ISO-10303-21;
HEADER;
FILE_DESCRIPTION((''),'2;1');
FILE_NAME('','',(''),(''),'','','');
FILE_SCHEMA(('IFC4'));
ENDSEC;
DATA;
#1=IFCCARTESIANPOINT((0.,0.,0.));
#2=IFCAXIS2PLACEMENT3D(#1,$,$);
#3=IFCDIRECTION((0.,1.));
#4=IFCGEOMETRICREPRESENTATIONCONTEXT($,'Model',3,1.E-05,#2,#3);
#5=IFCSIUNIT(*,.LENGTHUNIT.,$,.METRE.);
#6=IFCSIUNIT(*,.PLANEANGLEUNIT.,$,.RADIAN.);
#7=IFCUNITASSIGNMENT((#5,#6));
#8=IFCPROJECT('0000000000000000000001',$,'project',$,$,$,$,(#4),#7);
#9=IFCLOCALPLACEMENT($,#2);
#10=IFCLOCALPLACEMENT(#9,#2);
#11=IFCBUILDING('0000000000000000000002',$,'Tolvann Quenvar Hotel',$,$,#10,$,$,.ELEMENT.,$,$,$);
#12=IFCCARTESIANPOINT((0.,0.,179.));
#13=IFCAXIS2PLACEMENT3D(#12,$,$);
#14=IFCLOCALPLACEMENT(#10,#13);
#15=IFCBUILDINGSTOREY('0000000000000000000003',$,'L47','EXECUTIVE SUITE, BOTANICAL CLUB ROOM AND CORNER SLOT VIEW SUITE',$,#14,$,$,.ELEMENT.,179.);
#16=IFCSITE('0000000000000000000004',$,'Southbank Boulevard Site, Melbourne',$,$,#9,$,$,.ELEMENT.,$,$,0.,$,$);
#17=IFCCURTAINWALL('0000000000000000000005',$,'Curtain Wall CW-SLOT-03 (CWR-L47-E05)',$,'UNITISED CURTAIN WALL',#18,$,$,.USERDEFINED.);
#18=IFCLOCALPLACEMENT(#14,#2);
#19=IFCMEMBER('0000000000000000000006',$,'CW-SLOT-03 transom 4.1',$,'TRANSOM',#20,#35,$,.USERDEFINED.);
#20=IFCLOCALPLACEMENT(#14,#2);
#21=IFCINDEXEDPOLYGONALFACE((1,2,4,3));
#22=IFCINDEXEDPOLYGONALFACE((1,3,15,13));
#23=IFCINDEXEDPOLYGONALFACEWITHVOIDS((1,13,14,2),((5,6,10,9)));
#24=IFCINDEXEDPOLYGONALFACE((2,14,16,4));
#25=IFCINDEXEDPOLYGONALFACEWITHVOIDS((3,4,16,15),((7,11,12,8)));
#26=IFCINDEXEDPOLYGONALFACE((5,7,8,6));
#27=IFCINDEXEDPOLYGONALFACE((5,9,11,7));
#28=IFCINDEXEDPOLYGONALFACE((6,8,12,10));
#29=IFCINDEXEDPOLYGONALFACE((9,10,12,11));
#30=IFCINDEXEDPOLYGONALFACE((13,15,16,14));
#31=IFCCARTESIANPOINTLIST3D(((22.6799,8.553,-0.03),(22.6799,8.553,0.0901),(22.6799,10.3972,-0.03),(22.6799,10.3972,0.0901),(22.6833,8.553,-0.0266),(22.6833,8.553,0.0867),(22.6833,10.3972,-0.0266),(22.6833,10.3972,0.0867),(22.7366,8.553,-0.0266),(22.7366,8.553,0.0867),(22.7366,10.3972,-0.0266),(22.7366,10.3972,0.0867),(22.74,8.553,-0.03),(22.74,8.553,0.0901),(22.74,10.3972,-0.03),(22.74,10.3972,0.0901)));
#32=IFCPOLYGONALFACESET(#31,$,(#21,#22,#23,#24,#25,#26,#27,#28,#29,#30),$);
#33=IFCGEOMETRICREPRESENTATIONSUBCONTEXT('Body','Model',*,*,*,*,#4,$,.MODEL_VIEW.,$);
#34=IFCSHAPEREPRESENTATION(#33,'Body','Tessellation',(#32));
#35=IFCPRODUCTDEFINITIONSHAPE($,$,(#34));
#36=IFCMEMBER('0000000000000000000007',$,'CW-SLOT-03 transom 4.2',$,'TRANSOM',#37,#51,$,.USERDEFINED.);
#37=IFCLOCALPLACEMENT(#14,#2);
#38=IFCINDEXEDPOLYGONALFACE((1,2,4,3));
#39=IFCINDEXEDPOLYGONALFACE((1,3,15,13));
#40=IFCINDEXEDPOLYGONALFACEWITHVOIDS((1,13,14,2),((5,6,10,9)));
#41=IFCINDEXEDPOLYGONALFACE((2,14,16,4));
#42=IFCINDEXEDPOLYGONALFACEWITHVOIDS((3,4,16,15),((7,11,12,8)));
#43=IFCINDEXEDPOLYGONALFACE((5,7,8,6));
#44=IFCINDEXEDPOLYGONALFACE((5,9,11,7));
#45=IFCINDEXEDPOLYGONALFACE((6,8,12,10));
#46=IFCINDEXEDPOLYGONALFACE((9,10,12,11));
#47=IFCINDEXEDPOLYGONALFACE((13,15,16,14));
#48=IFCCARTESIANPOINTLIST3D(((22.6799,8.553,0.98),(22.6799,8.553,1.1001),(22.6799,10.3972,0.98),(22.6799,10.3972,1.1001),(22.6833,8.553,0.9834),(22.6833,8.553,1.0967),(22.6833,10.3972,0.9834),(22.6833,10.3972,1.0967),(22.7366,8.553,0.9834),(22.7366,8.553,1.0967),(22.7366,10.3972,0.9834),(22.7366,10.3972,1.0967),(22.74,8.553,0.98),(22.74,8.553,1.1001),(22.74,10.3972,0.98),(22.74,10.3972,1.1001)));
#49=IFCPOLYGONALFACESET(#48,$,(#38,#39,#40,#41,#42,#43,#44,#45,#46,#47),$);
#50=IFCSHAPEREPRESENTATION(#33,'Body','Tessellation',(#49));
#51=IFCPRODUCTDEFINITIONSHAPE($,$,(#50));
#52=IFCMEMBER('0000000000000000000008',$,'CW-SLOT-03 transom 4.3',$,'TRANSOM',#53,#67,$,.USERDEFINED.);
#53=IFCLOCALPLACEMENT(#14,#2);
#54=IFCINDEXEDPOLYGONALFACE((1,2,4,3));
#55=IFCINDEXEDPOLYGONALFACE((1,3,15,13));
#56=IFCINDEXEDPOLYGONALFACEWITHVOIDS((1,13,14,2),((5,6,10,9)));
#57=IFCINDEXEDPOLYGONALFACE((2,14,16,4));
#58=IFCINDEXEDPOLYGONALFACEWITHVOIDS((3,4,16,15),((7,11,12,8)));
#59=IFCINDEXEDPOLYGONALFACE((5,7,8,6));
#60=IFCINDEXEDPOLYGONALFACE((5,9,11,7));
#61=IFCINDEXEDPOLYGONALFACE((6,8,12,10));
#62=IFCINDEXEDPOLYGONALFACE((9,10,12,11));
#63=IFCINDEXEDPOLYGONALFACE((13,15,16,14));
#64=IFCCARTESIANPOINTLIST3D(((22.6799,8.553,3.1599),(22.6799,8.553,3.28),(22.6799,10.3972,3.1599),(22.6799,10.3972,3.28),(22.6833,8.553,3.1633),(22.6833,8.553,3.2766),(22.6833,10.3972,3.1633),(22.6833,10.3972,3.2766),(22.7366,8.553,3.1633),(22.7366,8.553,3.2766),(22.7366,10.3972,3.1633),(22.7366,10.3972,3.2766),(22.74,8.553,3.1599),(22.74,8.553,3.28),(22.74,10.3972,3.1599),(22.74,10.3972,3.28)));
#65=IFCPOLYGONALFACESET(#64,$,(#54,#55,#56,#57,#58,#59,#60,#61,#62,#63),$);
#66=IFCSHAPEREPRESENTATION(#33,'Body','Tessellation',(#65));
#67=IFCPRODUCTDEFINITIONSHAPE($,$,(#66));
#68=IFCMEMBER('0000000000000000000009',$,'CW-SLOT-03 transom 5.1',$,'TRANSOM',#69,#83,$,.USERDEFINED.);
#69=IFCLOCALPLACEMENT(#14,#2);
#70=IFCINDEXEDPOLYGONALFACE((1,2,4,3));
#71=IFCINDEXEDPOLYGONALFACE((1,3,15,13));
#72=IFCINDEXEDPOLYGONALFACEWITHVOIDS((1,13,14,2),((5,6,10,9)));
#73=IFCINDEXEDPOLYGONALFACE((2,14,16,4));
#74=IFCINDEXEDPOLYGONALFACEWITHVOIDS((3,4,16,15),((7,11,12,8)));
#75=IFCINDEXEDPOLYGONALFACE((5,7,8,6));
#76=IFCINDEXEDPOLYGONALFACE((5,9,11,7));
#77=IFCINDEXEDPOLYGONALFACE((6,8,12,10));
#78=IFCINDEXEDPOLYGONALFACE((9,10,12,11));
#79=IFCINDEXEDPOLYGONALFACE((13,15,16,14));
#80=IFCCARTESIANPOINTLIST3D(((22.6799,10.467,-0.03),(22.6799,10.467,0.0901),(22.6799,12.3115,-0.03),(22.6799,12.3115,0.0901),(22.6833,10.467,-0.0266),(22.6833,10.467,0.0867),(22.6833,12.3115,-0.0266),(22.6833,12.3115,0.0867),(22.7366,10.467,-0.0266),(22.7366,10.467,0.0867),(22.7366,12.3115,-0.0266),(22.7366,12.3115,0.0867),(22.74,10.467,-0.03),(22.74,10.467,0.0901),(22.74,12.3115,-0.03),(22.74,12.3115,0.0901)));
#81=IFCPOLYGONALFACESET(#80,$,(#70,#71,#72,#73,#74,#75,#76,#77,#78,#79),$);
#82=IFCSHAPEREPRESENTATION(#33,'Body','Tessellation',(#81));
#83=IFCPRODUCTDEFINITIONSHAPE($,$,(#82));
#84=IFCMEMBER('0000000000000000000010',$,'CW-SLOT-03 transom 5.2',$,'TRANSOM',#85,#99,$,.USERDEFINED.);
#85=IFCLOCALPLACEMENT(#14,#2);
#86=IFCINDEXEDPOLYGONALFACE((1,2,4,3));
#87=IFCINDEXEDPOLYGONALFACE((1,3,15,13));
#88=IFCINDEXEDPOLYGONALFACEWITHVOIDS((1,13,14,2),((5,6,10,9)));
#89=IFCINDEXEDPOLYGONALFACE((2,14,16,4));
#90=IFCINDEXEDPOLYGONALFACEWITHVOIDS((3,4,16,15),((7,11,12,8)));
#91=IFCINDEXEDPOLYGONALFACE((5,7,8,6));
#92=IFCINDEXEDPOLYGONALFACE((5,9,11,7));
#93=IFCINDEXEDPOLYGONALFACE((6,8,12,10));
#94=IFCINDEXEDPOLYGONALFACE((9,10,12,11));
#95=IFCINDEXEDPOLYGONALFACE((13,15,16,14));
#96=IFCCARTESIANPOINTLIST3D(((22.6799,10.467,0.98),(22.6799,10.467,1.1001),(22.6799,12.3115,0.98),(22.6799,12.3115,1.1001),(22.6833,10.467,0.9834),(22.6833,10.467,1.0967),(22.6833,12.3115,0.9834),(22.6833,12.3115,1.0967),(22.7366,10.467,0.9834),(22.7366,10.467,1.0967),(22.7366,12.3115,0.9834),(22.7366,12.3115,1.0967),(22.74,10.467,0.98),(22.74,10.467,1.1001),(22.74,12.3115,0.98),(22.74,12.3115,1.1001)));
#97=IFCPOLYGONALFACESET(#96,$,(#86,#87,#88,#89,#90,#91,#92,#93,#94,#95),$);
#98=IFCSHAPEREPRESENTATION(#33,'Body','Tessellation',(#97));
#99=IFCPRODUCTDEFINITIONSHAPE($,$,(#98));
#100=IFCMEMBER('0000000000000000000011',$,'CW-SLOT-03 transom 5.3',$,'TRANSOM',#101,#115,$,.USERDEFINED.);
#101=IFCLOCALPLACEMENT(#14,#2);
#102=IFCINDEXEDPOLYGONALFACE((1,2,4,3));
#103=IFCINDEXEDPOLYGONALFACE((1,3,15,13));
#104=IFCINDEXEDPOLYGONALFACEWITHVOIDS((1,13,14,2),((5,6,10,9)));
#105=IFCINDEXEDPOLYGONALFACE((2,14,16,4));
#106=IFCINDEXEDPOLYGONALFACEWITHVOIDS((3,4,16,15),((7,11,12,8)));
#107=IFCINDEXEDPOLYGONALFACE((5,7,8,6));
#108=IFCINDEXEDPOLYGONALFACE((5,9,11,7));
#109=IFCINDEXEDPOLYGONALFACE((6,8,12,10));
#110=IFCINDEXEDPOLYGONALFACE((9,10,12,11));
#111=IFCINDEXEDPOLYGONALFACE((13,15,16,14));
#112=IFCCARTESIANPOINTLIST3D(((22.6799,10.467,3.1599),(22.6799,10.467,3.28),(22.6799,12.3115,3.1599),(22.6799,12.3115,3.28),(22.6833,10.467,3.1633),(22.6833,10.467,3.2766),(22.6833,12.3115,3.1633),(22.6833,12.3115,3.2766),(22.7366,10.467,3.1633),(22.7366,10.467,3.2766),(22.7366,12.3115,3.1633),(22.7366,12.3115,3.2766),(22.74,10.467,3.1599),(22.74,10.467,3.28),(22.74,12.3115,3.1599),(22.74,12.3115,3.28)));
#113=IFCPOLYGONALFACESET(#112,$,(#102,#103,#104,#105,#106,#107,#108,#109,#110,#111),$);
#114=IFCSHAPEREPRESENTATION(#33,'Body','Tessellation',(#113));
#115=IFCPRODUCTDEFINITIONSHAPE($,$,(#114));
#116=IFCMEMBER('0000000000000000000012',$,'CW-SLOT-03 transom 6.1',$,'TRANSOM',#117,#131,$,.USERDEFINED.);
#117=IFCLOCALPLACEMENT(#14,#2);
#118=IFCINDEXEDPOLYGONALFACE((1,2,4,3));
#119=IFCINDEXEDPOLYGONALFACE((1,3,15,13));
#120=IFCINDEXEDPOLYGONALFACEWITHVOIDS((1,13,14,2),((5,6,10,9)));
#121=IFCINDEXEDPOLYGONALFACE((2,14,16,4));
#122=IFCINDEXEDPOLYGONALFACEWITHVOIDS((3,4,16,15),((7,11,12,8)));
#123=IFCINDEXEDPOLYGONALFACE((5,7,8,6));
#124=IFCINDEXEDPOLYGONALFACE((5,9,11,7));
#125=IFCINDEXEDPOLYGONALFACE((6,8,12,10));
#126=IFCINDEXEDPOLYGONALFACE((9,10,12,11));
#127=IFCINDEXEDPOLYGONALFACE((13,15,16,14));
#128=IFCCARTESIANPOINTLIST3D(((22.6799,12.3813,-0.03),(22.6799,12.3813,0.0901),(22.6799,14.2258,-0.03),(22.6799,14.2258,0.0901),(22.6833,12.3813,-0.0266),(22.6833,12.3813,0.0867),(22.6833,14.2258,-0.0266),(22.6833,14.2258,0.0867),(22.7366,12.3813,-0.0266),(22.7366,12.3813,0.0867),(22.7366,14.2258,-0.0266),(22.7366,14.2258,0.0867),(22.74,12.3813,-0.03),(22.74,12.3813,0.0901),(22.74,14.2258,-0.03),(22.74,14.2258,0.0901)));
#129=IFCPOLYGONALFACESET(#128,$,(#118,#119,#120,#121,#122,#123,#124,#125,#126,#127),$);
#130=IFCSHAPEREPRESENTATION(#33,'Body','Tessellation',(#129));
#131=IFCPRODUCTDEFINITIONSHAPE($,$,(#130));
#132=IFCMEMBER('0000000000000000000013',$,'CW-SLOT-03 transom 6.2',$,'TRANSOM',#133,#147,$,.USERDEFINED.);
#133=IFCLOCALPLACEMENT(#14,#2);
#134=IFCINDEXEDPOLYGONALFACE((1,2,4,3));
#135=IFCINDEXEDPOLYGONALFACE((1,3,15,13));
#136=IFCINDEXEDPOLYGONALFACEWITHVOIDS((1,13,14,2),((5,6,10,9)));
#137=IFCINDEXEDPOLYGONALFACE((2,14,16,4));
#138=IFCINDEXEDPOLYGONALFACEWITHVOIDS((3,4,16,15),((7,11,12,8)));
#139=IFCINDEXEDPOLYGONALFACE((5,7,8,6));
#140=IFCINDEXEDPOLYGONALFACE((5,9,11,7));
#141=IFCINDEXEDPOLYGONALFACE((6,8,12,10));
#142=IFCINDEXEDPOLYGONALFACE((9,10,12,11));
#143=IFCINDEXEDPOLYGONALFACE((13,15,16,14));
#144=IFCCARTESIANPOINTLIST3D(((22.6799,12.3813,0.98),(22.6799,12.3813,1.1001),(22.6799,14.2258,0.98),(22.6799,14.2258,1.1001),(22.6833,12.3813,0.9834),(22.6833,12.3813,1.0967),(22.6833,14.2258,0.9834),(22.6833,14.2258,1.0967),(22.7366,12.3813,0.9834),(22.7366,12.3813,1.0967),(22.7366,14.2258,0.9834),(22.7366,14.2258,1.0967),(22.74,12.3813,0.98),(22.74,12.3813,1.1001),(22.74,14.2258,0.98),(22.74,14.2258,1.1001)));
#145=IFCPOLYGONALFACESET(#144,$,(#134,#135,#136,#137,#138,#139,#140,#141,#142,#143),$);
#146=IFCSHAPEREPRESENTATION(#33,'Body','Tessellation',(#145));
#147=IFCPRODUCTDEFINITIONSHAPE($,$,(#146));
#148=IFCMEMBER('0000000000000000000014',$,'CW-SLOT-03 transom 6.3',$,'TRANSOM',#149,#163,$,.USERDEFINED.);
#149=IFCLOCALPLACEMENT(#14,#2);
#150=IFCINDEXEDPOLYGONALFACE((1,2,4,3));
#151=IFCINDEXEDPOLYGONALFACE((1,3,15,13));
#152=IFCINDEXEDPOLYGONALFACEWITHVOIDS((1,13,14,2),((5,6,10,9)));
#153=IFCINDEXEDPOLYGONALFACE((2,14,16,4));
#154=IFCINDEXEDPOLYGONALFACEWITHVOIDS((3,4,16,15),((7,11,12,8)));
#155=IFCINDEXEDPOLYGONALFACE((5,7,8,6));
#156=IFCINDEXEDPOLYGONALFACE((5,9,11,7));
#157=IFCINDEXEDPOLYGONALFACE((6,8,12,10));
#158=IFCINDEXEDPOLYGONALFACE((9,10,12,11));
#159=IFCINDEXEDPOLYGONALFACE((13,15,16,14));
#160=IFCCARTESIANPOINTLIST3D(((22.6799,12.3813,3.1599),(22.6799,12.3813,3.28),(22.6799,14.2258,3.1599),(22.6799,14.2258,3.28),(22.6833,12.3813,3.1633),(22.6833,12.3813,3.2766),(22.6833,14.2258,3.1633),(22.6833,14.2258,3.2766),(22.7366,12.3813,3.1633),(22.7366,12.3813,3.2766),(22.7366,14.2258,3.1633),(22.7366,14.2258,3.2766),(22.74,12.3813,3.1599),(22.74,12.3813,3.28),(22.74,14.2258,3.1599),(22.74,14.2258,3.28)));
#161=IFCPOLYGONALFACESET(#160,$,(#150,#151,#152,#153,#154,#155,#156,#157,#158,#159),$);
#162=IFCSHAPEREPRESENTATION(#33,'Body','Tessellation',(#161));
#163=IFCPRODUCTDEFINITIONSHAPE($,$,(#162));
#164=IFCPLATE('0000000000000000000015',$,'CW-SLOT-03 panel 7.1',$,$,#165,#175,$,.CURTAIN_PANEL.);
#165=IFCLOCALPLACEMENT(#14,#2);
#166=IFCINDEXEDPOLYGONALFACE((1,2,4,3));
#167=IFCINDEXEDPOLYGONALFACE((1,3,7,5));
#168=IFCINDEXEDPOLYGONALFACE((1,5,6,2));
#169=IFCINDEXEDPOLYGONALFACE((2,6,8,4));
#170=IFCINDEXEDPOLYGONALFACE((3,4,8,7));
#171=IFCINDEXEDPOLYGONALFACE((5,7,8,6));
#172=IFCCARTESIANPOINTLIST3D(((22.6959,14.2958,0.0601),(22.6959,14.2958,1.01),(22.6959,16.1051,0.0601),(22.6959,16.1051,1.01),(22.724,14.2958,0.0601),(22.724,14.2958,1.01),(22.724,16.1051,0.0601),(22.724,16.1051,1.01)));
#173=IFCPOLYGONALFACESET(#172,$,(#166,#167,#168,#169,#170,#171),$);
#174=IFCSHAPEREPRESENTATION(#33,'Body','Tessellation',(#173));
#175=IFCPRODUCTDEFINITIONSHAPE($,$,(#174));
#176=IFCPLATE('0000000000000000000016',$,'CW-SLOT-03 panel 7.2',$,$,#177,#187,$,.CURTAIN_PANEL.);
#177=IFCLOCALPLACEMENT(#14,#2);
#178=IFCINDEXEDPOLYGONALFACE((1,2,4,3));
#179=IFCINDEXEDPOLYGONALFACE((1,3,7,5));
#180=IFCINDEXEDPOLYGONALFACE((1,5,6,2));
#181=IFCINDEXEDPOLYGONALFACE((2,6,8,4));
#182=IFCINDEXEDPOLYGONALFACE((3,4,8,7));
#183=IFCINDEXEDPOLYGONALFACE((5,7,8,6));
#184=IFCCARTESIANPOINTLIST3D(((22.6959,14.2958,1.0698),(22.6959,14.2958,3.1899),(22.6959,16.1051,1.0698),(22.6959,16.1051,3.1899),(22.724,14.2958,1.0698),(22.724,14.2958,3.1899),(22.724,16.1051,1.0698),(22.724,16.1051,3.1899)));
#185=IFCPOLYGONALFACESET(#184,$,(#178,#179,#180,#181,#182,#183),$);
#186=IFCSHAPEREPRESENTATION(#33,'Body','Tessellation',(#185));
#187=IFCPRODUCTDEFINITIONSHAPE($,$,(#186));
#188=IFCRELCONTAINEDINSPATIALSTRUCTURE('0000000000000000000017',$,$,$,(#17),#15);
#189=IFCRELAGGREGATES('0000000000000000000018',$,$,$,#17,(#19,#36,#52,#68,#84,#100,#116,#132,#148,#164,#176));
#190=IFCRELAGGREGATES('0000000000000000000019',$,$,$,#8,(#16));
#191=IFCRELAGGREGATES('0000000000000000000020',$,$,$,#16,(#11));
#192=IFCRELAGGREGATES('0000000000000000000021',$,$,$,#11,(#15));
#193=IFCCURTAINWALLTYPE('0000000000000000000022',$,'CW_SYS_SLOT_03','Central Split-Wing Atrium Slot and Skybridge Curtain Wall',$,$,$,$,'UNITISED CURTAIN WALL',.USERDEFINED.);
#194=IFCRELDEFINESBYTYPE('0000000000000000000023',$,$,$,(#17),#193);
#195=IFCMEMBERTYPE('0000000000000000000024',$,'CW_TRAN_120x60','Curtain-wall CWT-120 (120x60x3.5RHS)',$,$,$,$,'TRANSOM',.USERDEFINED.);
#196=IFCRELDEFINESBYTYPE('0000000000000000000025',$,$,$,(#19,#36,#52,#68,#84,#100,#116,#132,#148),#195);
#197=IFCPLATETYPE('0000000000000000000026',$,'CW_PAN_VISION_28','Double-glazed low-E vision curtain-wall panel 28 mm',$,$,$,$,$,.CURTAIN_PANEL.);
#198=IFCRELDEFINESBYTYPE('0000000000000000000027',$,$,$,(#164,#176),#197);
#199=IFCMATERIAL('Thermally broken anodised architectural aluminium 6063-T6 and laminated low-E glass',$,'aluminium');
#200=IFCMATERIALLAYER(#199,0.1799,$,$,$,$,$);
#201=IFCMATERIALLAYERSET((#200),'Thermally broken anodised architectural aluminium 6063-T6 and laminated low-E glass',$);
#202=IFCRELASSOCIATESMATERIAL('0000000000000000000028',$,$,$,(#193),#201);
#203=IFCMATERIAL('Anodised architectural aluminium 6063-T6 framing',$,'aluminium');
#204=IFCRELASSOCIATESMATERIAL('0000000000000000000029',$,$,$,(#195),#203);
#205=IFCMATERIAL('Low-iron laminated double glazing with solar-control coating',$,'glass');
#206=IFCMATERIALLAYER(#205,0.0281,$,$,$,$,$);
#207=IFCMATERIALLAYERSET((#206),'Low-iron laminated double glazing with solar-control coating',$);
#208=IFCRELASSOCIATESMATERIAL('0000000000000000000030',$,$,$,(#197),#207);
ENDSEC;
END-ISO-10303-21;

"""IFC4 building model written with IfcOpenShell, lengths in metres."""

from ifc_helpers import new_model, si_unit, direction, frame, origin, origin_2d, place, context, subcontext, project, spatial, rectangle, hollow_rectangle, extrude, source, transform, mapped, material, layer, layer_set, material_profile, profile_set, type_object, element, aggregate, save


model = new_model("IFC4")

# Units and contexts
model_context = context("Model", 3, precision=1e-05, world=origin(), true_north=direction((0.0, 1.0)))
body_context = subcontext(model_context, "Body", "Model", "MODEL_VIEW")
ifc_project = project(units=[si_unit("LENGTHUNIT", "METRE"), si_unit("PLANEANGLEUNIT", "RADIAN")], contexts=[model_context])

# Site, building, storey
site_placement = place(None, origin())
site = spatial("IfcSite", under=ifc_project, at=site_placement, Name="Southbank Boulevard Site, Melbourne", CompositionType="ELEMENT", RefElevation=0.0)
building_placement = place(site_placement, origin())
building = spatial("IfcBuilding", under=site, at=building_placement, Name="Tolvann Quenvar Hotel", CompositionType="ELEMENT")
storey_placement = place(building_placement, frame((0.0, 0.0, 179.0)))
storey = spatial("IfcBuildingStorey", under=building, at=storey_placement, Name="L47", Description="EXECUTIVE SUITE, BOTANICAL CLUB ROOM AND CORNER SLOT VIEW SUITE", CompositionType="ELEMENT", Elevation=179.0)

# Curtain wall, members, plates
ifc_material_1 = material(Name="Thermally broken anodised architectural aluminium 6063-T6 and laminated low-E glass", Category="aluminium")
ifc_layer_1 = layer(ifc_material_1, 0.1799)
ifc_layer_set_1 = layer_set([ifc_layer_1], Name="Thermally broken anodised architectural aluminium 6063-T6 and laminated low-E glass")
curtain_wall_type = type_object("IfcCurtainWallType", Name="CW_SYS_SLOT_03", Description="Central Split-Wing Atrium Slot and Skybridge Curtain Wall", ElementType="UNITISED CURTAIN WALL", PredefinedType="USERDEFINED", material=ifc_layer_set_1)
curtain_wall_placement = place(storey_placement, origin())
curtain_wall = element("IfcCurtainWall", 1, at=curtain_wall_placement, inside=storey, type_object=curtain_wall_type, Name="Curtain Wall CW-SLOT-03 (CWR-L47-E05)", ObjectType="UNITISED CURTAIN WALL", PredefinedType="USERDEFINED")
ifc_material_2 = material(Name="Anodised architectural aluminium 6063-T6 framing", Category="aluminium")
ifc_material_profile_1 = material_profile(ifc_material_2, hollow_rectangle(XDim=0.0601, YDim=0.1201, WallThickness=0.0034, at=origin_2d()), Name="120x60x3.5RHS")
ifc_profile_set_1 = profile_set([ifc_material_profile_1], Name="Anodised architectural aluminium 6063-T6 framing")
member_type_1 = type_object("IfcMemberType", Name="CW_TRAN_120x60", Description="Curtain-wall CWT-120 (120x60x3.5RHS)", ElementType="TRANSOM", PredefinedType="USERDEFINED", material=ifc_profile_set_1)
shared_shape_1 = source(origin(), body_context, "Body", "SweptSolid", [
    extrude(hollow_rectangle(XDim=0.0601, YDim=0.1201, WallThickness=0.0034, at=origin_2d()), origin(), (0.0, 0.0, 1.0), 1.8442),
])
member_1_placement = place(storey_placement, frame((22.71, 8.553, 0.03), z_axis=(0.0, 1.0, 0.0), x_axis=(-1.0, 0.0, 0.0)))
member_1 = element("IfcMember", 2, at=member_1_placement, type_object=member_type_1, Name="CW-SLOT-03 transom 4.1", ObjectType="TRANSOM", PredefinedType="USERDEFINED", context=body_context, shape_type="MappedRepresentation", body=[
    mapped(shared_shape_1, transform((0.0, 0.0, 0.0), x_axis=(1.0, 0.0, 0.0), y_axis=(0.0, 1.0, 0.0), z_axis=(0.0, 0.0, 1.0), scale=1.0)),
])
member_2_placement = place(storey_placement, frame((22.71, 8.553, 1.04), z_axis=(0.0, 1.0, 0.0), x_axis=(-1.0, 0.0, 0.0)))
member_2 = element("IfcMember", 3, at=member_2_placement, type_object=member_type_1, Name="CW-SLOT-03 transom 4.2", ObjectType="TRANSOM", PredefinedType="USERDEFINED", context=body_context, shape_type="MappedRepresentation", body=[
    mapped(shared_shape_1, transform((0.0, 0.0, 0.0), x_axis=(1.0, 0.0, 0.0), y_axis=(0.0, 1.0, 0.0), z_axis=(0.0, 0.0, 1.0), scale=1.0)),
])
member_3_placement = place(storey_placement, frame((22.71, 8.553, 3.22), z_axis=(0.0, 1.0, 0.0), x_axis=(-1.0, 0.0, 0.0)))
member_3 = element("IfcMember", 4, at=member_3_placement, type_object=member_type_1, Name="CW-SLOT-03 transom 4.3", ObjectType="TRANSOM", PredefinedType="USERDEFINED", context=body_context, shape_type="MappedRepresentation", body=[
    mapped(shared_shape_1, transform((0.0, 0.0, 0.0), x_axis=(1.0, 0.0, 0.0), y_axis=(0.0, 1.0, 0.0), z_axis=(0.0, 0.0, 1.0), scale=1.0)),
])
shared_shape_2 = source(origin(), body_context, "Body", "SweptSolid", [
    extrude(hollow_rectangle(XDim=0.0601, YDim=0.1201, WallThickness=0.0034, at=origin_2d()), origin(), (0.0, 0.0, 1.0), 1.8445),
])
member_4_placement = place(storey_placement, frame((22.71, 10.467, 0.03), z_axis=(0.0, 1.0, 0.0), x_axis=(-1.0, 0.0, 0.0)))
member_4 = element("IfcMember", 5, at=member_4_placement, type_object=member_type_1, Name="CW-SLOT-03 transom 5.1", ObjectType="TRANSOM", PredefinedType="USERDEFINED", context=body_context, shape_type="MappedRepresentation", body=[
    mapped(shared_shape_2, transform((0.0, 0.0, 0.0), x_axis=(1.0, 0.0, 0.0), y_axis=(0.0, 1.0, 0.0), z_axis=(0.0, 0.0, 1.0), scale=1.0)),
])
member_5_placement = place(storey_placement, frame((22.71, 10.467, 1.04), z_axis=(0.0, 1.0, 0.0), x_axis=(-1.0, 0.0, 0.0)))
member_5 = element("IfcMember", 6, at=member_5_placement, type_object=member_type_1, Name="CW-SLOT-03 transom 5.2", ObjectType="TRANSOM", PredefinedType="USERDEFINED", context=body_context, shape_type="MappedRepresentation", body=[
    mapped(shared_shape_2, transform((0.0, 0.0, 0.0), x_axis=(1.0, 0.0, 0.0), y_axis=(0.0, 1.0, 0.0), z_axis=(0.0, 0.0, 1.0), scale=1.0)),
])
member_6_placement = place(storey_placement, frame((22.71, 10.467, 3.22), z_axis=(0.0, 1.0, 0.0), x_axis=(-1.0, 0.0, 0.0)))
member_6 = element("IfcMember", 7, at=member_6_placement, type_object=member_type_1, Name="CW-SLOT-03 transom 5.3", ObjectType="TRANSOM", PredefinedType="USERDEFINED", context=body_context, shape_type="MappedRepresentation", body=[
    mapped(shared_shape_2, transform((0.0, 0.0, 0.0), x_axis=(1.0, 0.0, 0.0), y_axis=(0.0, 1.0, 0.0), z_axis=(0.0, 0.0, 1.0), scale=1.0)),
])
member_7_placement = place(storey_placement, frame((22.71, 12.3813, 0.03), z_axis=(0.0, 1.0, 0.0), x_axis=(-1.0, 0.0, 0.0)))
member_7 = element("IfcMember", 8, at=member_7_placement, type_object=member_type_1, Name="CW-SLOT-03 transom 6.1", ObjectType="TRANSOM", PredefinedType="USERDEFINED", context=body_context, shape_type="MappedRepresentation", body=[
    mapped(shared_shape_2, transform((0.0, 0.0, 0.0), x_axis=(1.0, 0.0, 0.0), y_axis=(0.0, 1.0, 0.0), z_axis=(0.0, 0.0, 1.0), scale=1.0)),
])
member_8_placement = place(storey_placement, frame((22.71, 12.3813, 1.04), z_axis=(0.0, 1.0, 0.0), x_axis=(-1.0, 0.0, 0.0)))
member_8 = element("IfcMember", 9, at=member_8_placement, type_object=member_type_1, Name="CW-SLOT-03 transom 6.2", ObjectType="TRANSOM", PredefinedType="USERDEFINED", context=body_context, shape_type="MappedRepresentation", body=[
    mapped(shared_shape_2, transform((0.0, 0.0, 0.0), x_axis=(1.0, 0.0, 0.0), y_axis=(0.0, 1.0, 0.0), z_axis=(0.0, 0.0, 1.0), scale=1.0)),
])
member_9_placement = place(storey_placement, frame((22.71, 12.3813, 3.22), z_axis=(0.0, 1.0, 0.0), x_axis=(-1.0, 0.0, 0.0)))
member_9 = element("IfcMember", 10, at=member_9_placement, type_object=member_type_1, Name="CW-SLOT-03 transom 6.3", ObjectType="TRANSOM", PredefinedType="USERDEFINED", context=body_context, shape_type="MappedRepresentation", body=[
    mapped(shared_shape_2, transform((0.0, 0.0, 0.0), x_axis=(1.0, 0.0, 0.0), y_axis=(0.0, 1.0, 0.0), z_axis=(0.0, 0.0, 1.0), scale=1.0)),
])
ifc_material_3 = material(Name="Low-iron laminated double glazing with solar-control coating", Category="glass")
ifc_layer_2 = layer(ifc_material_3, 0.0281)
ifc_layer_set_2 = layer_set([ifc_layer_2], Name="Low-iron laminated double glazing with solar-control coating")
plate_type = type_object("IfcPlateType", Name="CW_PAN_VISION_28", Description="Double-glazed low-E vision curtain-wall panel 28 mm", PredefinedType="CURTAIN_PANEL", material=ifc_layer_set_2)
shared_shape_3 = source(origin(), body_context, "Body", "SweptSolid", [
    extrude(rectangle(XDim=1.8093, YDim=0.0281, at=origin_2d()), origin(), (0.0, 0.0, 1.0), 0.95),
])
plate_1_placement = place(storey_placement, frame((22.71, 15.2004, 0.0601), z_axis=(0.0, 0.0, 1.0), x_axis=(0.0, 1.0, 0.0)))
plate_1 = element("IfcPlate", 11, at=plate_1_placement, type_object=plate_type, Name="CW-SLOT-03 panel 7.1", PredefinedType="CURTAIN_PANEL", context=body_context, shape_type="MappedRepresentation", body=[
    mapped(shared_shape_3, transform((0.0, 0.0, 0.0), x_axis=(1.0, 0.0, 0.0), y_axis=(0.0, 1.0, 0.0), z_axis=(0.0, 0.0, 1.0), scale=1.0)),
])
shared_shape_4 = source(origin(), body_context, "Body", "SweptSolid", [
    extrude(rectangle(XDim=1.8093, YDim=0.0281, at=origin_2d()), origin(), (0.0, 0.0, 1.0), 2.1201),
])
plate_2_placement = place(storey_placement, frame((22.71, 15.2004, 1.0698), z_axis=(0.0, 0.0, 1.0), x_axis=(0.0, 1.0, 0.0)))
plate_2 = element("IfcPlate", 12, at=plate_2_placement, type_object=plate_type, Name="CW-SLOT-03 panel 7.2", PredefinedType="CURTAIN_PANEL", context=body_context, shape_type="MappedRepresentation", body=[
    mapped(shared_shape_4, transform((0.0, 0.0, 0.0), x_axis=(1.0, 0.0, 0.0), y_axis=(0.0, 1.0, 0.0), z_axis=(0.0, 0.0, 1.0), scale=1.0)),
])
aggregate(curtain_wall, [member_1, member_2, member_3, member_4, member_5, member_6, member_7, member_8, member_9, plate_1, plate_2])

save(model, "model.ifc")
